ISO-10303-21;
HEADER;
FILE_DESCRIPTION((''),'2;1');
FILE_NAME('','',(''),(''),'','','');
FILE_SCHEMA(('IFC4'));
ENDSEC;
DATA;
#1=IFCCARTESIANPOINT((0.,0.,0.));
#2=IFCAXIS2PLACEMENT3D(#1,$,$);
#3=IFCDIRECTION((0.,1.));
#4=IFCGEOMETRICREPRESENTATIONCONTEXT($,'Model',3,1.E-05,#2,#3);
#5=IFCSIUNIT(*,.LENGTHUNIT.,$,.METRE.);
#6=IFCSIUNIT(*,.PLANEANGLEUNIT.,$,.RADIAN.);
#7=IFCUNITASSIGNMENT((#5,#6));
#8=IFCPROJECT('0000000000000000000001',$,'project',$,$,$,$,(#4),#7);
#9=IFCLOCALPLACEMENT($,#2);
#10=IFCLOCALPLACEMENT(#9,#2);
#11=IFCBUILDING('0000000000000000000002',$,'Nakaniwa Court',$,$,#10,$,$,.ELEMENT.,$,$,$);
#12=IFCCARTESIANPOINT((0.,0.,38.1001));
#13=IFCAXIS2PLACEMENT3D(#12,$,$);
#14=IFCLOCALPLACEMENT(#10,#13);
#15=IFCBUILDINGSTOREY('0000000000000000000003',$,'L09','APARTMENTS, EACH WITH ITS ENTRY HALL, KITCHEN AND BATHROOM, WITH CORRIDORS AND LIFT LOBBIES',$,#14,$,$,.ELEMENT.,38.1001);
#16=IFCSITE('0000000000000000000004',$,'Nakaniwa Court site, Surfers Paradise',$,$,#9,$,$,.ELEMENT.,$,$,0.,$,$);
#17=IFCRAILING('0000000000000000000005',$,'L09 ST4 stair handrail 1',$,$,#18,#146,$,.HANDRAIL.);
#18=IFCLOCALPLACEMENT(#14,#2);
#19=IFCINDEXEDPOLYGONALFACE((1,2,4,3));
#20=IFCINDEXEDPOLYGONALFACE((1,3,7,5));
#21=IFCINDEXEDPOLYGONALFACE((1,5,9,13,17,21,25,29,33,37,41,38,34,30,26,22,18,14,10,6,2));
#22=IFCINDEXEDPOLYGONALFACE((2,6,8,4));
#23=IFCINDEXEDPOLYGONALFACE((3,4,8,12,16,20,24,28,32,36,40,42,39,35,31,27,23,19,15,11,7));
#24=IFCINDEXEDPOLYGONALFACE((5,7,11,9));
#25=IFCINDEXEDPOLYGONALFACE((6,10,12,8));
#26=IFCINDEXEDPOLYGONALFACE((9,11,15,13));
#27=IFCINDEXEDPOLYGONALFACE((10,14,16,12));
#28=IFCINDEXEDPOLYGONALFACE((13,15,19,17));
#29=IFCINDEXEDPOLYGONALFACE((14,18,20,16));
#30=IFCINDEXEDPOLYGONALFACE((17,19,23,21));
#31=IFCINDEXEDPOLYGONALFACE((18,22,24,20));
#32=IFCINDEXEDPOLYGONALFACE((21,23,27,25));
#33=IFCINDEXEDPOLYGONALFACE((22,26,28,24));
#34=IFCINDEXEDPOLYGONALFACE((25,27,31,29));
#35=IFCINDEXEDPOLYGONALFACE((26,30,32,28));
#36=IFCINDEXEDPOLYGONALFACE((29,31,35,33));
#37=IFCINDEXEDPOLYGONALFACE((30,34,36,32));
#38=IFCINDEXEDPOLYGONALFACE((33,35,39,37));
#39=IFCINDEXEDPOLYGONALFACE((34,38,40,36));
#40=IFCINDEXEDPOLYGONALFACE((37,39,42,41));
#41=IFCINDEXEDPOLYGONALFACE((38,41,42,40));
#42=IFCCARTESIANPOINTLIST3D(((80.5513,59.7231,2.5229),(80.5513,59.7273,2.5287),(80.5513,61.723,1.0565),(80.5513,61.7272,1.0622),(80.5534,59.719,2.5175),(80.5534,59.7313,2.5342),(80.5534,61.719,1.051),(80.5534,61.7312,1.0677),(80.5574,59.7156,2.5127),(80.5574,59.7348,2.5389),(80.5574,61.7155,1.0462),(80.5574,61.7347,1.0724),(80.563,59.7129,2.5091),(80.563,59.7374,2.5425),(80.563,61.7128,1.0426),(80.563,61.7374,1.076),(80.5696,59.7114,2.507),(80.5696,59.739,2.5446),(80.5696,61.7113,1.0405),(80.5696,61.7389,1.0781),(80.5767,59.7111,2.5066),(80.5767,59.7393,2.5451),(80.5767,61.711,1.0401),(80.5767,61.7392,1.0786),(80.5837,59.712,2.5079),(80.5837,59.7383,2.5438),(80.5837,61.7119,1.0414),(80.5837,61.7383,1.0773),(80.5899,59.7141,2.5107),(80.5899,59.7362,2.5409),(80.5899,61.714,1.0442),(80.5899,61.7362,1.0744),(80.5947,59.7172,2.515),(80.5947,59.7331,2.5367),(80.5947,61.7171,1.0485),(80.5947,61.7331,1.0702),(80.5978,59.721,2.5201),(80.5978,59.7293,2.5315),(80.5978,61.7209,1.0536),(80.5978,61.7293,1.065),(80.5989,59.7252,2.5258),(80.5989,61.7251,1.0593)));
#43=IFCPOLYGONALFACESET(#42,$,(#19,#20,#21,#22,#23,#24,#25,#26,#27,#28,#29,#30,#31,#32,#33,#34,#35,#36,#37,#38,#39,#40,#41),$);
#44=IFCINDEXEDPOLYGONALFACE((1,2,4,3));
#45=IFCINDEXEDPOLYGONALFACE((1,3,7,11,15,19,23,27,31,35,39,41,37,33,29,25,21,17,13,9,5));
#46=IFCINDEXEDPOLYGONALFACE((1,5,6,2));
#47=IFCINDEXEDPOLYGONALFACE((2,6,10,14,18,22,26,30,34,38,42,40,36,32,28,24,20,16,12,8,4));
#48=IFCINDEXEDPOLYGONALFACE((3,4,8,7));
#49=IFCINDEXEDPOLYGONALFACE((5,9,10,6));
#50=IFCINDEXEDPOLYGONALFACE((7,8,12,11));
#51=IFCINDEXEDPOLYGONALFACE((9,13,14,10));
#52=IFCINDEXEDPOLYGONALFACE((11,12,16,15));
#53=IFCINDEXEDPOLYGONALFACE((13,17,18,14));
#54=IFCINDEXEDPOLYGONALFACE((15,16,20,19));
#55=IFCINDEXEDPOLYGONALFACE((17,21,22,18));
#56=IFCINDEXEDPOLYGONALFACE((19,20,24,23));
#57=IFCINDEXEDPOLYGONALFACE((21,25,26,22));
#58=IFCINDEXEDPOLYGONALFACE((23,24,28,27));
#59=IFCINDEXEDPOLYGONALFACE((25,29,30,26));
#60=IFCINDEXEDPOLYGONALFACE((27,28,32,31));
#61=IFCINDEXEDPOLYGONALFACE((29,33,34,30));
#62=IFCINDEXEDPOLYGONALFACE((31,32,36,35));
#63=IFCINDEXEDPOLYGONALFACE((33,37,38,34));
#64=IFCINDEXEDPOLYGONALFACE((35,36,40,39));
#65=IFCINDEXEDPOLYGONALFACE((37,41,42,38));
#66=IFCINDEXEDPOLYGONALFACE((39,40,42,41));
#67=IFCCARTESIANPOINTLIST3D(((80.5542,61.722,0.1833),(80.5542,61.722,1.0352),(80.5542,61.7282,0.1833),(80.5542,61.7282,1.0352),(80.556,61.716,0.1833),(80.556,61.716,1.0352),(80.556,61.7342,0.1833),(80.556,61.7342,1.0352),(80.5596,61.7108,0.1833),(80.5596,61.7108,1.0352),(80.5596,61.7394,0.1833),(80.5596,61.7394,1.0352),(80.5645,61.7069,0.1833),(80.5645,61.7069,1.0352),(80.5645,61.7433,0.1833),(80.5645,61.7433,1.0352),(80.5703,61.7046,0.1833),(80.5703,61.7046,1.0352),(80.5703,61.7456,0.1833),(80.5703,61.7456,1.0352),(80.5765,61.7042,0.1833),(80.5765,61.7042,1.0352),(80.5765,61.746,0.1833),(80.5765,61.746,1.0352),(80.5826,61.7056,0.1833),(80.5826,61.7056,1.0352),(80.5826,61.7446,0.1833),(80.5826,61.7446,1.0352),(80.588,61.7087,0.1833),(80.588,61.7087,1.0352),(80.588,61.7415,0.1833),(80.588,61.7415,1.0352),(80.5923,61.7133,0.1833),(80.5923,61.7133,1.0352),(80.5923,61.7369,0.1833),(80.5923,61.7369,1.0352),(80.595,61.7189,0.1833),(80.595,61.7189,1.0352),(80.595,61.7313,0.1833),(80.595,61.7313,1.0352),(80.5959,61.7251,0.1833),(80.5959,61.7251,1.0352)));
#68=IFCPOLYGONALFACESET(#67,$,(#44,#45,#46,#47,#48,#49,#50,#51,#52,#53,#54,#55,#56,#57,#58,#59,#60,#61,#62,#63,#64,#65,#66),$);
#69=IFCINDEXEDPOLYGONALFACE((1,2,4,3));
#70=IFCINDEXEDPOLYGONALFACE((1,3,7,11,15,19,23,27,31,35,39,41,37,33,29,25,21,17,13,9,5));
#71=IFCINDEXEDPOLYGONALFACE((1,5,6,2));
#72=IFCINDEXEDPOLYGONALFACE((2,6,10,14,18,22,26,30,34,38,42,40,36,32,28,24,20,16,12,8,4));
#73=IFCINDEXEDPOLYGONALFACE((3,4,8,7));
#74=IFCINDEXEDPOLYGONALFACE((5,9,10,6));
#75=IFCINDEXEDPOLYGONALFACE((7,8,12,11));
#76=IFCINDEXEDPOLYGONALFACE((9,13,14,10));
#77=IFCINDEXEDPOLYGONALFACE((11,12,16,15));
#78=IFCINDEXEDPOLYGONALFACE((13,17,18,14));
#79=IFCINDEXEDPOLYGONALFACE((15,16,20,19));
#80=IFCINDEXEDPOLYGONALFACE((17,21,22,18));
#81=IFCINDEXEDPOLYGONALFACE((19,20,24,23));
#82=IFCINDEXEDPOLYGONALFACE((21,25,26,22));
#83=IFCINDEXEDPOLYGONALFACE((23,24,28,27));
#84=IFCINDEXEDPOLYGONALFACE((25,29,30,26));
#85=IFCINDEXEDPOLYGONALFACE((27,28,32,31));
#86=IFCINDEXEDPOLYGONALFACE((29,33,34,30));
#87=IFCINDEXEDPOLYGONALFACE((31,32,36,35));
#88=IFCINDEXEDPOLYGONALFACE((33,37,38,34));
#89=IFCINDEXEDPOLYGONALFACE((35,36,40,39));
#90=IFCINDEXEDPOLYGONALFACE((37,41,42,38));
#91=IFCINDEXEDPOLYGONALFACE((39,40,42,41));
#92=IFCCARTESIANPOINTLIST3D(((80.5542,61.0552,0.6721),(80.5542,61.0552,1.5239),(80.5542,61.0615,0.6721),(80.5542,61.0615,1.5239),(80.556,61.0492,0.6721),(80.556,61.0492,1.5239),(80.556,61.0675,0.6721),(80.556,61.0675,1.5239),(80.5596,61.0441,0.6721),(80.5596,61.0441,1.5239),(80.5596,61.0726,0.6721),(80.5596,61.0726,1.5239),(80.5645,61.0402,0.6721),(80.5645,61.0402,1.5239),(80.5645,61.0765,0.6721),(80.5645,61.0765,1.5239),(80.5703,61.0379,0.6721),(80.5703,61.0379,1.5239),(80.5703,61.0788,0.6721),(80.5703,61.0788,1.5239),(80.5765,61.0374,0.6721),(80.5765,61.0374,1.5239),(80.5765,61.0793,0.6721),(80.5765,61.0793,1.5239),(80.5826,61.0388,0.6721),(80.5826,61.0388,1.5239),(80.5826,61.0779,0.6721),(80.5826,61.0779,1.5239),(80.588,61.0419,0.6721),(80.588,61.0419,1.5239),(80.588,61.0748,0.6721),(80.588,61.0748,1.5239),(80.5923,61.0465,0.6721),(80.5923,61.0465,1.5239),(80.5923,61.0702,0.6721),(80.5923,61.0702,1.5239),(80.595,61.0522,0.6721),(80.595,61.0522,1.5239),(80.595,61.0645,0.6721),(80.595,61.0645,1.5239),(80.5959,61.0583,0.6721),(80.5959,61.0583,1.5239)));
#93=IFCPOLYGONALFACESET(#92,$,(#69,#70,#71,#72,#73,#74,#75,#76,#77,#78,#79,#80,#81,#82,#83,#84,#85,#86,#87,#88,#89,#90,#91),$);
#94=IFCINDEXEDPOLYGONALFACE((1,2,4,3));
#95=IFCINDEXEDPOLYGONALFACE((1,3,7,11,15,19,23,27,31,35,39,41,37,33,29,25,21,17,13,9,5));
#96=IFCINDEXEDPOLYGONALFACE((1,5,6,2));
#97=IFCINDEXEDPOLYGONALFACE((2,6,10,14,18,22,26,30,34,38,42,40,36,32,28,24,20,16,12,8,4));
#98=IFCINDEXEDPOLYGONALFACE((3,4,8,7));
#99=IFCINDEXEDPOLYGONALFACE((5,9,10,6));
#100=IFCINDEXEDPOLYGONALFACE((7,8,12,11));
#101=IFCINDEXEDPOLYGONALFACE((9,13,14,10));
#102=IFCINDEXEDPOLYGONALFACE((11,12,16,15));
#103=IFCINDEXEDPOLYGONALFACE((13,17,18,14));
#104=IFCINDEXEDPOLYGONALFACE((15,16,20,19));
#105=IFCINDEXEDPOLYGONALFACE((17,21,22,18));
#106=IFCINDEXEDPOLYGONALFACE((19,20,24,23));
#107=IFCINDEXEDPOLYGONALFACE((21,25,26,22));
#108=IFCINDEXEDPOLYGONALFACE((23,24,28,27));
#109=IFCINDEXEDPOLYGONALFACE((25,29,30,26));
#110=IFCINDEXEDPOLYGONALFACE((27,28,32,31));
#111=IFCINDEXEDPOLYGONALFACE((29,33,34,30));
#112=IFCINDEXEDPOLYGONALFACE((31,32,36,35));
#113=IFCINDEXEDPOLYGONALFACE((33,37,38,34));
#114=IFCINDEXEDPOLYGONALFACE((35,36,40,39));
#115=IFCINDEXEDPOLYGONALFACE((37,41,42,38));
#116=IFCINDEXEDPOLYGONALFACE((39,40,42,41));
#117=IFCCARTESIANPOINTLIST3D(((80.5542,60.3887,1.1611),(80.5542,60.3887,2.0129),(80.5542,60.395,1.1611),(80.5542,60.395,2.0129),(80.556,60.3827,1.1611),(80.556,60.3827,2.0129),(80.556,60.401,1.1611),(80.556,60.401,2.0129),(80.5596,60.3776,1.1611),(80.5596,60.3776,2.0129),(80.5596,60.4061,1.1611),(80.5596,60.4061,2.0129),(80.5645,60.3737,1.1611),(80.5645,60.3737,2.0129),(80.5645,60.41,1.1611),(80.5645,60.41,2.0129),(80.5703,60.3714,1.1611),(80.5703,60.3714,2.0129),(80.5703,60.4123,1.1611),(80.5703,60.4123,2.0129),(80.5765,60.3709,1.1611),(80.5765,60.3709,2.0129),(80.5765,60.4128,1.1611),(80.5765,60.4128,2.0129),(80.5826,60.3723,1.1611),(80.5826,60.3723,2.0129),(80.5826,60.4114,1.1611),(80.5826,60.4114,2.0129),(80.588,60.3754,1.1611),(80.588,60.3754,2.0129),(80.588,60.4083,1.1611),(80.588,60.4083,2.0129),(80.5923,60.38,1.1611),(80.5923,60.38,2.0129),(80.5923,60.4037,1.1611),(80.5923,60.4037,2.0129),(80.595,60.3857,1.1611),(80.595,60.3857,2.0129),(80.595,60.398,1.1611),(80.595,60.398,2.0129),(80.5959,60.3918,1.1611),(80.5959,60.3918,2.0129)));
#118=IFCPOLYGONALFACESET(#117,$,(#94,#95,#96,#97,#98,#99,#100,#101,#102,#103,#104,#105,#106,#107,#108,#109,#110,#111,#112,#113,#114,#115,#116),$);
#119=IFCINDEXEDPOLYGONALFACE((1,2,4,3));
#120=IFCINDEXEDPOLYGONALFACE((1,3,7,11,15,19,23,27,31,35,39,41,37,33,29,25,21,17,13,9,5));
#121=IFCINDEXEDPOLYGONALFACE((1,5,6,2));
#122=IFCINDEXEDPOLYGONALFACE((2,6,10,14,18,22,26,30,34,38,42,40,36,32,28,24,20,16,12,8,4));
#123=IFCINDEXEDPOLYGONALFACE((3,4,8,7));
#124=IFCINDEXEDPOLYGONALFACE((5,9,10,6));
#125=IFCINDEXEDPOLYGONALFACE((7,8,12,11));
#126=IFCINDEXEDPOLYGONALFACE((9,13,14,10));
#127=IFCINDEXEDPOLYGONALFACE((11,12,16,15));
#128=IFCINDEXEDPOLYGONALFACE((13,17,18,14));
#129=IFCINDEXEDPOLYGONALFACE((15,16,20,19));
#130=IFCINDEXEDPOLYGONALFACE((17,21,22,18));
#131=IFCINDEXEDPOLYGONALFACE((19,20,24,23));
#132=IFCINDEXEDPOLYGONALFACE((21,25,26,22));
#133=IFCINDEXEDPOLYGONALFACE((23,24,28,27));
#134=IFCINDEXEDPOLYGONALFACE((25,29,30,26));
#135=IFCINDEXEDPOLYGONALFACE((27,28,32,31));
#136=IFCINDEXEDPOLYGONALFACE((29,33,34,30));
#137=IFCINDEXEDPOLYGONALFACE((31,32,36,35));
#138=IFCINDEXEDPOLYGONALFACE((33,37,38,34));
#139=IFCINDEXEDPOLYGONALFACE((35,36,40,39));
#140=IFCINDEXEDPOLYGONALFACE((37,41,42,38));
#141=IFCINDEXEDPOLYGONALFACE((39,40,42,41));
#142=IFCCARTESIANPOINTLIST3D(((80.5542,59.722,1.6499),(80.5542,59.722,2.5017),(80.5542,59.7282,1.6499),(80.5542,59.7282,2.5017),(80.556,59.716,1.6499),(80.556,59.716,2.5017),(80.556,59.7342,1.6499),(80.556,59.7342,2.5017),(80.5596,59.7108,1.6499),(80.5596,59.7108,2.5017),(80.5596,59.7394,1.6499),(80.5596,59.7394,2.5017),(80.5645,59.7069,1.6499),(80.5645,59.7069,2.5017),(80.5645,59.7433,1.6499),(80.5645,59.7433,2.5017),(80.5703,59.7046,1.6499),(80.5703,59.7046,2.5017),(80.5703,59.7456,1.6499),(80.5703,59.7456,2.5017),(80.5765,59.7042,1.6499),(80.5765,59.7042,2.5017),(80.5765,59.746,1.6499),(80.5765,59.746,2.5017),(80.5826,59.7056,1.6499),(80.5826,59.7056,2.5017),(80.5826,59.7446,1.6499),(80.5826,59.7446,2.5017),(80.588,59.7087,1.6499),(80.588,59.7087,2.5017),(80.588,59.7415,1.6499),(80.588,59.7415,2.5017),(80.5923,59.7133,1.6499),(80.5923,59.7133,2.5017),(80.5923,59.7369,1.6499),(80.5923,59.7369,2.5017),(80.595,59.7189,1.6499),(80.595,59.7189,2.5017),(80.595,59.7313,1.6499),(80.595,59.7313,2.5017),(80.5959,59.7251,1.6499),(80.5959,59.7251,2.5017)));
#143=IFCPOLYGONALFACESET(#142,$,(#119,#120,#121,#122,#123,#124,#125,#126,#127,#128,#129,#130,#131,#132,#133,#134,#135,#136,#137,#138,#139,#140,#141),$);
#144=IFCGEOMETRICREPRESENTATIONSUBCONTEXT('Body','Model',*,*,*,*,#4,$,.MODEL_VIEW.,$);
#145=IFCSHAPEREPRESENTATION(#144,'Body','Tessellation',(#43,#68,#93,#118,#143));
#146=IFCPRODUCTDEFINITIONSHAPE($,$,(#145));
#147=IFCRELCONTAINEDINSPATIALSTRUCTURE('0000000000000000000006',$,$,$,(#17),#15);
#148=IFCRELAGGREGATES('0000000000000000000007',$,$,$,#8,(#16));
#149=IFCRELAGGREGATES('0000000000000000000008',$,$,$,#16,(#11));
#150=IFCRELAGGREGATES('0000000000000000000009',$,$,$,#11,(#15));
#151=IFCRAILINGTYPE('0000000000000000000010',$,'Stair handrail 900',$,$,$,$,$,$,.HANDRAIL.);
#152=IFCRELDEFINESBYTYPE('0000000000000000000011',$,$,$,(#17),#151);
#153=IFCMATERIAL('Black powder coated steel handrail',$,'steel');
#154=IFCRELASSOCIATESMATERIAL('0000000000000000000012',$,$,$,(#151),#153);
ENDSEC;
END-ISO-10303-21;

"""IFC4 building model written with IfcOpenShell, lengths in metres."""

from ifc_helpers import new_model, si_unit, direction, frame, origin, origin_2d, place, context, subcontext, project, spatial, circle, extrude, material, type_object, element, save


model = new_model("IFC4")

# Units and contexts
model_context = context("Model", 3, precision=1e-05, world=origin(), true_north=direction((0.0, 1.0)))
body_context = subcontext(model_context, "Body", "Model", "MODEL_VIEW")
ifc_project = project(units=[si_unit("LENGTHUNIT", "METRE"), si_unit("PLANEANGLEUNIT", "RADIAN")], contexts=[model_context])

# Site, building, storey
site_placement = place(None, origin())
site = spatial("IfcSite", under=ifc_project, at=site_placement, Name="Nakaniwa Court site, Surfers Paradise", CompositionType="ELEMENT", RefElevation=0.0)
building_placement = place(site_placement, origin())
building = spatial("IfcBuilding", under=site, at=building_placement, Name="Nakaniwa Court", CompositionType="ELEMENT")
storey_placement = place(building_placement, frame((0.0, 0.0, 38.1001)))
storey = spatial("IfcBuildingStorey", under=building, at=storey_placement, Name="L09", Description="APARTMENTS, EACH WITH ITS ENTRY HALL, KITCHEN AND BATHROOM, WITH CORRIDORS AND LIFT LOBBIES", CompositionType="ELEMENT", Elevation=38.1001)

# Railing
ifc_material_1 = material(Name="Black powder coated steel handrail", Category="steel")
railing_type_1 = type_object("IfcRailingType", Name="Stair handrail 900", PredefinedType="HANDRAIL", material=ifc_material_1)
railing_1_placement = place(storey_placement, frame((80.575, 61.7251, 0.1833)))
element("IfcRailing", 1, at=railing_1_placement, inside=storey, type_object=railing_type_1, Name="L09 ST4 stair handrail 1", PredefinedType="HANDRAIL", context=body_context, shape_type="SweptSolid", body=[
    extrude(circle(Radius=0.0239, at=origin_2d()), frame((0.0, 0.0, 0.876), z_axis=(0.0, -0.806427, 0.591334), x_axis=(1.0, 0.0, 0.0)), (0.0, 0.0, 1.0), 2.48),
    extrude(circle(Radius=0.021, at=origin_2d()), origin(), (0.0, 0.0, 1.0), 0.8518),
    extrude(circle(Radius=0.021, at=origin_2d()), frame((0.0, -0.6667, 0.4888)), (0.0, 0.0, 1.0), 0.8518),
    extrude(circle(Radius=0.021, at=origin_2d()), frame((0.0, -1.3333, 0.9778)), (0.0, 0.0, 1.0), 0.8518),
    extrude(circle(Radius=0.021, at=origin_2d()), frame((0.0, -2.0, 1.4666)), (0.0, 0.0, 1.0), 0.8518),
])

save(model, "model.ifc")
